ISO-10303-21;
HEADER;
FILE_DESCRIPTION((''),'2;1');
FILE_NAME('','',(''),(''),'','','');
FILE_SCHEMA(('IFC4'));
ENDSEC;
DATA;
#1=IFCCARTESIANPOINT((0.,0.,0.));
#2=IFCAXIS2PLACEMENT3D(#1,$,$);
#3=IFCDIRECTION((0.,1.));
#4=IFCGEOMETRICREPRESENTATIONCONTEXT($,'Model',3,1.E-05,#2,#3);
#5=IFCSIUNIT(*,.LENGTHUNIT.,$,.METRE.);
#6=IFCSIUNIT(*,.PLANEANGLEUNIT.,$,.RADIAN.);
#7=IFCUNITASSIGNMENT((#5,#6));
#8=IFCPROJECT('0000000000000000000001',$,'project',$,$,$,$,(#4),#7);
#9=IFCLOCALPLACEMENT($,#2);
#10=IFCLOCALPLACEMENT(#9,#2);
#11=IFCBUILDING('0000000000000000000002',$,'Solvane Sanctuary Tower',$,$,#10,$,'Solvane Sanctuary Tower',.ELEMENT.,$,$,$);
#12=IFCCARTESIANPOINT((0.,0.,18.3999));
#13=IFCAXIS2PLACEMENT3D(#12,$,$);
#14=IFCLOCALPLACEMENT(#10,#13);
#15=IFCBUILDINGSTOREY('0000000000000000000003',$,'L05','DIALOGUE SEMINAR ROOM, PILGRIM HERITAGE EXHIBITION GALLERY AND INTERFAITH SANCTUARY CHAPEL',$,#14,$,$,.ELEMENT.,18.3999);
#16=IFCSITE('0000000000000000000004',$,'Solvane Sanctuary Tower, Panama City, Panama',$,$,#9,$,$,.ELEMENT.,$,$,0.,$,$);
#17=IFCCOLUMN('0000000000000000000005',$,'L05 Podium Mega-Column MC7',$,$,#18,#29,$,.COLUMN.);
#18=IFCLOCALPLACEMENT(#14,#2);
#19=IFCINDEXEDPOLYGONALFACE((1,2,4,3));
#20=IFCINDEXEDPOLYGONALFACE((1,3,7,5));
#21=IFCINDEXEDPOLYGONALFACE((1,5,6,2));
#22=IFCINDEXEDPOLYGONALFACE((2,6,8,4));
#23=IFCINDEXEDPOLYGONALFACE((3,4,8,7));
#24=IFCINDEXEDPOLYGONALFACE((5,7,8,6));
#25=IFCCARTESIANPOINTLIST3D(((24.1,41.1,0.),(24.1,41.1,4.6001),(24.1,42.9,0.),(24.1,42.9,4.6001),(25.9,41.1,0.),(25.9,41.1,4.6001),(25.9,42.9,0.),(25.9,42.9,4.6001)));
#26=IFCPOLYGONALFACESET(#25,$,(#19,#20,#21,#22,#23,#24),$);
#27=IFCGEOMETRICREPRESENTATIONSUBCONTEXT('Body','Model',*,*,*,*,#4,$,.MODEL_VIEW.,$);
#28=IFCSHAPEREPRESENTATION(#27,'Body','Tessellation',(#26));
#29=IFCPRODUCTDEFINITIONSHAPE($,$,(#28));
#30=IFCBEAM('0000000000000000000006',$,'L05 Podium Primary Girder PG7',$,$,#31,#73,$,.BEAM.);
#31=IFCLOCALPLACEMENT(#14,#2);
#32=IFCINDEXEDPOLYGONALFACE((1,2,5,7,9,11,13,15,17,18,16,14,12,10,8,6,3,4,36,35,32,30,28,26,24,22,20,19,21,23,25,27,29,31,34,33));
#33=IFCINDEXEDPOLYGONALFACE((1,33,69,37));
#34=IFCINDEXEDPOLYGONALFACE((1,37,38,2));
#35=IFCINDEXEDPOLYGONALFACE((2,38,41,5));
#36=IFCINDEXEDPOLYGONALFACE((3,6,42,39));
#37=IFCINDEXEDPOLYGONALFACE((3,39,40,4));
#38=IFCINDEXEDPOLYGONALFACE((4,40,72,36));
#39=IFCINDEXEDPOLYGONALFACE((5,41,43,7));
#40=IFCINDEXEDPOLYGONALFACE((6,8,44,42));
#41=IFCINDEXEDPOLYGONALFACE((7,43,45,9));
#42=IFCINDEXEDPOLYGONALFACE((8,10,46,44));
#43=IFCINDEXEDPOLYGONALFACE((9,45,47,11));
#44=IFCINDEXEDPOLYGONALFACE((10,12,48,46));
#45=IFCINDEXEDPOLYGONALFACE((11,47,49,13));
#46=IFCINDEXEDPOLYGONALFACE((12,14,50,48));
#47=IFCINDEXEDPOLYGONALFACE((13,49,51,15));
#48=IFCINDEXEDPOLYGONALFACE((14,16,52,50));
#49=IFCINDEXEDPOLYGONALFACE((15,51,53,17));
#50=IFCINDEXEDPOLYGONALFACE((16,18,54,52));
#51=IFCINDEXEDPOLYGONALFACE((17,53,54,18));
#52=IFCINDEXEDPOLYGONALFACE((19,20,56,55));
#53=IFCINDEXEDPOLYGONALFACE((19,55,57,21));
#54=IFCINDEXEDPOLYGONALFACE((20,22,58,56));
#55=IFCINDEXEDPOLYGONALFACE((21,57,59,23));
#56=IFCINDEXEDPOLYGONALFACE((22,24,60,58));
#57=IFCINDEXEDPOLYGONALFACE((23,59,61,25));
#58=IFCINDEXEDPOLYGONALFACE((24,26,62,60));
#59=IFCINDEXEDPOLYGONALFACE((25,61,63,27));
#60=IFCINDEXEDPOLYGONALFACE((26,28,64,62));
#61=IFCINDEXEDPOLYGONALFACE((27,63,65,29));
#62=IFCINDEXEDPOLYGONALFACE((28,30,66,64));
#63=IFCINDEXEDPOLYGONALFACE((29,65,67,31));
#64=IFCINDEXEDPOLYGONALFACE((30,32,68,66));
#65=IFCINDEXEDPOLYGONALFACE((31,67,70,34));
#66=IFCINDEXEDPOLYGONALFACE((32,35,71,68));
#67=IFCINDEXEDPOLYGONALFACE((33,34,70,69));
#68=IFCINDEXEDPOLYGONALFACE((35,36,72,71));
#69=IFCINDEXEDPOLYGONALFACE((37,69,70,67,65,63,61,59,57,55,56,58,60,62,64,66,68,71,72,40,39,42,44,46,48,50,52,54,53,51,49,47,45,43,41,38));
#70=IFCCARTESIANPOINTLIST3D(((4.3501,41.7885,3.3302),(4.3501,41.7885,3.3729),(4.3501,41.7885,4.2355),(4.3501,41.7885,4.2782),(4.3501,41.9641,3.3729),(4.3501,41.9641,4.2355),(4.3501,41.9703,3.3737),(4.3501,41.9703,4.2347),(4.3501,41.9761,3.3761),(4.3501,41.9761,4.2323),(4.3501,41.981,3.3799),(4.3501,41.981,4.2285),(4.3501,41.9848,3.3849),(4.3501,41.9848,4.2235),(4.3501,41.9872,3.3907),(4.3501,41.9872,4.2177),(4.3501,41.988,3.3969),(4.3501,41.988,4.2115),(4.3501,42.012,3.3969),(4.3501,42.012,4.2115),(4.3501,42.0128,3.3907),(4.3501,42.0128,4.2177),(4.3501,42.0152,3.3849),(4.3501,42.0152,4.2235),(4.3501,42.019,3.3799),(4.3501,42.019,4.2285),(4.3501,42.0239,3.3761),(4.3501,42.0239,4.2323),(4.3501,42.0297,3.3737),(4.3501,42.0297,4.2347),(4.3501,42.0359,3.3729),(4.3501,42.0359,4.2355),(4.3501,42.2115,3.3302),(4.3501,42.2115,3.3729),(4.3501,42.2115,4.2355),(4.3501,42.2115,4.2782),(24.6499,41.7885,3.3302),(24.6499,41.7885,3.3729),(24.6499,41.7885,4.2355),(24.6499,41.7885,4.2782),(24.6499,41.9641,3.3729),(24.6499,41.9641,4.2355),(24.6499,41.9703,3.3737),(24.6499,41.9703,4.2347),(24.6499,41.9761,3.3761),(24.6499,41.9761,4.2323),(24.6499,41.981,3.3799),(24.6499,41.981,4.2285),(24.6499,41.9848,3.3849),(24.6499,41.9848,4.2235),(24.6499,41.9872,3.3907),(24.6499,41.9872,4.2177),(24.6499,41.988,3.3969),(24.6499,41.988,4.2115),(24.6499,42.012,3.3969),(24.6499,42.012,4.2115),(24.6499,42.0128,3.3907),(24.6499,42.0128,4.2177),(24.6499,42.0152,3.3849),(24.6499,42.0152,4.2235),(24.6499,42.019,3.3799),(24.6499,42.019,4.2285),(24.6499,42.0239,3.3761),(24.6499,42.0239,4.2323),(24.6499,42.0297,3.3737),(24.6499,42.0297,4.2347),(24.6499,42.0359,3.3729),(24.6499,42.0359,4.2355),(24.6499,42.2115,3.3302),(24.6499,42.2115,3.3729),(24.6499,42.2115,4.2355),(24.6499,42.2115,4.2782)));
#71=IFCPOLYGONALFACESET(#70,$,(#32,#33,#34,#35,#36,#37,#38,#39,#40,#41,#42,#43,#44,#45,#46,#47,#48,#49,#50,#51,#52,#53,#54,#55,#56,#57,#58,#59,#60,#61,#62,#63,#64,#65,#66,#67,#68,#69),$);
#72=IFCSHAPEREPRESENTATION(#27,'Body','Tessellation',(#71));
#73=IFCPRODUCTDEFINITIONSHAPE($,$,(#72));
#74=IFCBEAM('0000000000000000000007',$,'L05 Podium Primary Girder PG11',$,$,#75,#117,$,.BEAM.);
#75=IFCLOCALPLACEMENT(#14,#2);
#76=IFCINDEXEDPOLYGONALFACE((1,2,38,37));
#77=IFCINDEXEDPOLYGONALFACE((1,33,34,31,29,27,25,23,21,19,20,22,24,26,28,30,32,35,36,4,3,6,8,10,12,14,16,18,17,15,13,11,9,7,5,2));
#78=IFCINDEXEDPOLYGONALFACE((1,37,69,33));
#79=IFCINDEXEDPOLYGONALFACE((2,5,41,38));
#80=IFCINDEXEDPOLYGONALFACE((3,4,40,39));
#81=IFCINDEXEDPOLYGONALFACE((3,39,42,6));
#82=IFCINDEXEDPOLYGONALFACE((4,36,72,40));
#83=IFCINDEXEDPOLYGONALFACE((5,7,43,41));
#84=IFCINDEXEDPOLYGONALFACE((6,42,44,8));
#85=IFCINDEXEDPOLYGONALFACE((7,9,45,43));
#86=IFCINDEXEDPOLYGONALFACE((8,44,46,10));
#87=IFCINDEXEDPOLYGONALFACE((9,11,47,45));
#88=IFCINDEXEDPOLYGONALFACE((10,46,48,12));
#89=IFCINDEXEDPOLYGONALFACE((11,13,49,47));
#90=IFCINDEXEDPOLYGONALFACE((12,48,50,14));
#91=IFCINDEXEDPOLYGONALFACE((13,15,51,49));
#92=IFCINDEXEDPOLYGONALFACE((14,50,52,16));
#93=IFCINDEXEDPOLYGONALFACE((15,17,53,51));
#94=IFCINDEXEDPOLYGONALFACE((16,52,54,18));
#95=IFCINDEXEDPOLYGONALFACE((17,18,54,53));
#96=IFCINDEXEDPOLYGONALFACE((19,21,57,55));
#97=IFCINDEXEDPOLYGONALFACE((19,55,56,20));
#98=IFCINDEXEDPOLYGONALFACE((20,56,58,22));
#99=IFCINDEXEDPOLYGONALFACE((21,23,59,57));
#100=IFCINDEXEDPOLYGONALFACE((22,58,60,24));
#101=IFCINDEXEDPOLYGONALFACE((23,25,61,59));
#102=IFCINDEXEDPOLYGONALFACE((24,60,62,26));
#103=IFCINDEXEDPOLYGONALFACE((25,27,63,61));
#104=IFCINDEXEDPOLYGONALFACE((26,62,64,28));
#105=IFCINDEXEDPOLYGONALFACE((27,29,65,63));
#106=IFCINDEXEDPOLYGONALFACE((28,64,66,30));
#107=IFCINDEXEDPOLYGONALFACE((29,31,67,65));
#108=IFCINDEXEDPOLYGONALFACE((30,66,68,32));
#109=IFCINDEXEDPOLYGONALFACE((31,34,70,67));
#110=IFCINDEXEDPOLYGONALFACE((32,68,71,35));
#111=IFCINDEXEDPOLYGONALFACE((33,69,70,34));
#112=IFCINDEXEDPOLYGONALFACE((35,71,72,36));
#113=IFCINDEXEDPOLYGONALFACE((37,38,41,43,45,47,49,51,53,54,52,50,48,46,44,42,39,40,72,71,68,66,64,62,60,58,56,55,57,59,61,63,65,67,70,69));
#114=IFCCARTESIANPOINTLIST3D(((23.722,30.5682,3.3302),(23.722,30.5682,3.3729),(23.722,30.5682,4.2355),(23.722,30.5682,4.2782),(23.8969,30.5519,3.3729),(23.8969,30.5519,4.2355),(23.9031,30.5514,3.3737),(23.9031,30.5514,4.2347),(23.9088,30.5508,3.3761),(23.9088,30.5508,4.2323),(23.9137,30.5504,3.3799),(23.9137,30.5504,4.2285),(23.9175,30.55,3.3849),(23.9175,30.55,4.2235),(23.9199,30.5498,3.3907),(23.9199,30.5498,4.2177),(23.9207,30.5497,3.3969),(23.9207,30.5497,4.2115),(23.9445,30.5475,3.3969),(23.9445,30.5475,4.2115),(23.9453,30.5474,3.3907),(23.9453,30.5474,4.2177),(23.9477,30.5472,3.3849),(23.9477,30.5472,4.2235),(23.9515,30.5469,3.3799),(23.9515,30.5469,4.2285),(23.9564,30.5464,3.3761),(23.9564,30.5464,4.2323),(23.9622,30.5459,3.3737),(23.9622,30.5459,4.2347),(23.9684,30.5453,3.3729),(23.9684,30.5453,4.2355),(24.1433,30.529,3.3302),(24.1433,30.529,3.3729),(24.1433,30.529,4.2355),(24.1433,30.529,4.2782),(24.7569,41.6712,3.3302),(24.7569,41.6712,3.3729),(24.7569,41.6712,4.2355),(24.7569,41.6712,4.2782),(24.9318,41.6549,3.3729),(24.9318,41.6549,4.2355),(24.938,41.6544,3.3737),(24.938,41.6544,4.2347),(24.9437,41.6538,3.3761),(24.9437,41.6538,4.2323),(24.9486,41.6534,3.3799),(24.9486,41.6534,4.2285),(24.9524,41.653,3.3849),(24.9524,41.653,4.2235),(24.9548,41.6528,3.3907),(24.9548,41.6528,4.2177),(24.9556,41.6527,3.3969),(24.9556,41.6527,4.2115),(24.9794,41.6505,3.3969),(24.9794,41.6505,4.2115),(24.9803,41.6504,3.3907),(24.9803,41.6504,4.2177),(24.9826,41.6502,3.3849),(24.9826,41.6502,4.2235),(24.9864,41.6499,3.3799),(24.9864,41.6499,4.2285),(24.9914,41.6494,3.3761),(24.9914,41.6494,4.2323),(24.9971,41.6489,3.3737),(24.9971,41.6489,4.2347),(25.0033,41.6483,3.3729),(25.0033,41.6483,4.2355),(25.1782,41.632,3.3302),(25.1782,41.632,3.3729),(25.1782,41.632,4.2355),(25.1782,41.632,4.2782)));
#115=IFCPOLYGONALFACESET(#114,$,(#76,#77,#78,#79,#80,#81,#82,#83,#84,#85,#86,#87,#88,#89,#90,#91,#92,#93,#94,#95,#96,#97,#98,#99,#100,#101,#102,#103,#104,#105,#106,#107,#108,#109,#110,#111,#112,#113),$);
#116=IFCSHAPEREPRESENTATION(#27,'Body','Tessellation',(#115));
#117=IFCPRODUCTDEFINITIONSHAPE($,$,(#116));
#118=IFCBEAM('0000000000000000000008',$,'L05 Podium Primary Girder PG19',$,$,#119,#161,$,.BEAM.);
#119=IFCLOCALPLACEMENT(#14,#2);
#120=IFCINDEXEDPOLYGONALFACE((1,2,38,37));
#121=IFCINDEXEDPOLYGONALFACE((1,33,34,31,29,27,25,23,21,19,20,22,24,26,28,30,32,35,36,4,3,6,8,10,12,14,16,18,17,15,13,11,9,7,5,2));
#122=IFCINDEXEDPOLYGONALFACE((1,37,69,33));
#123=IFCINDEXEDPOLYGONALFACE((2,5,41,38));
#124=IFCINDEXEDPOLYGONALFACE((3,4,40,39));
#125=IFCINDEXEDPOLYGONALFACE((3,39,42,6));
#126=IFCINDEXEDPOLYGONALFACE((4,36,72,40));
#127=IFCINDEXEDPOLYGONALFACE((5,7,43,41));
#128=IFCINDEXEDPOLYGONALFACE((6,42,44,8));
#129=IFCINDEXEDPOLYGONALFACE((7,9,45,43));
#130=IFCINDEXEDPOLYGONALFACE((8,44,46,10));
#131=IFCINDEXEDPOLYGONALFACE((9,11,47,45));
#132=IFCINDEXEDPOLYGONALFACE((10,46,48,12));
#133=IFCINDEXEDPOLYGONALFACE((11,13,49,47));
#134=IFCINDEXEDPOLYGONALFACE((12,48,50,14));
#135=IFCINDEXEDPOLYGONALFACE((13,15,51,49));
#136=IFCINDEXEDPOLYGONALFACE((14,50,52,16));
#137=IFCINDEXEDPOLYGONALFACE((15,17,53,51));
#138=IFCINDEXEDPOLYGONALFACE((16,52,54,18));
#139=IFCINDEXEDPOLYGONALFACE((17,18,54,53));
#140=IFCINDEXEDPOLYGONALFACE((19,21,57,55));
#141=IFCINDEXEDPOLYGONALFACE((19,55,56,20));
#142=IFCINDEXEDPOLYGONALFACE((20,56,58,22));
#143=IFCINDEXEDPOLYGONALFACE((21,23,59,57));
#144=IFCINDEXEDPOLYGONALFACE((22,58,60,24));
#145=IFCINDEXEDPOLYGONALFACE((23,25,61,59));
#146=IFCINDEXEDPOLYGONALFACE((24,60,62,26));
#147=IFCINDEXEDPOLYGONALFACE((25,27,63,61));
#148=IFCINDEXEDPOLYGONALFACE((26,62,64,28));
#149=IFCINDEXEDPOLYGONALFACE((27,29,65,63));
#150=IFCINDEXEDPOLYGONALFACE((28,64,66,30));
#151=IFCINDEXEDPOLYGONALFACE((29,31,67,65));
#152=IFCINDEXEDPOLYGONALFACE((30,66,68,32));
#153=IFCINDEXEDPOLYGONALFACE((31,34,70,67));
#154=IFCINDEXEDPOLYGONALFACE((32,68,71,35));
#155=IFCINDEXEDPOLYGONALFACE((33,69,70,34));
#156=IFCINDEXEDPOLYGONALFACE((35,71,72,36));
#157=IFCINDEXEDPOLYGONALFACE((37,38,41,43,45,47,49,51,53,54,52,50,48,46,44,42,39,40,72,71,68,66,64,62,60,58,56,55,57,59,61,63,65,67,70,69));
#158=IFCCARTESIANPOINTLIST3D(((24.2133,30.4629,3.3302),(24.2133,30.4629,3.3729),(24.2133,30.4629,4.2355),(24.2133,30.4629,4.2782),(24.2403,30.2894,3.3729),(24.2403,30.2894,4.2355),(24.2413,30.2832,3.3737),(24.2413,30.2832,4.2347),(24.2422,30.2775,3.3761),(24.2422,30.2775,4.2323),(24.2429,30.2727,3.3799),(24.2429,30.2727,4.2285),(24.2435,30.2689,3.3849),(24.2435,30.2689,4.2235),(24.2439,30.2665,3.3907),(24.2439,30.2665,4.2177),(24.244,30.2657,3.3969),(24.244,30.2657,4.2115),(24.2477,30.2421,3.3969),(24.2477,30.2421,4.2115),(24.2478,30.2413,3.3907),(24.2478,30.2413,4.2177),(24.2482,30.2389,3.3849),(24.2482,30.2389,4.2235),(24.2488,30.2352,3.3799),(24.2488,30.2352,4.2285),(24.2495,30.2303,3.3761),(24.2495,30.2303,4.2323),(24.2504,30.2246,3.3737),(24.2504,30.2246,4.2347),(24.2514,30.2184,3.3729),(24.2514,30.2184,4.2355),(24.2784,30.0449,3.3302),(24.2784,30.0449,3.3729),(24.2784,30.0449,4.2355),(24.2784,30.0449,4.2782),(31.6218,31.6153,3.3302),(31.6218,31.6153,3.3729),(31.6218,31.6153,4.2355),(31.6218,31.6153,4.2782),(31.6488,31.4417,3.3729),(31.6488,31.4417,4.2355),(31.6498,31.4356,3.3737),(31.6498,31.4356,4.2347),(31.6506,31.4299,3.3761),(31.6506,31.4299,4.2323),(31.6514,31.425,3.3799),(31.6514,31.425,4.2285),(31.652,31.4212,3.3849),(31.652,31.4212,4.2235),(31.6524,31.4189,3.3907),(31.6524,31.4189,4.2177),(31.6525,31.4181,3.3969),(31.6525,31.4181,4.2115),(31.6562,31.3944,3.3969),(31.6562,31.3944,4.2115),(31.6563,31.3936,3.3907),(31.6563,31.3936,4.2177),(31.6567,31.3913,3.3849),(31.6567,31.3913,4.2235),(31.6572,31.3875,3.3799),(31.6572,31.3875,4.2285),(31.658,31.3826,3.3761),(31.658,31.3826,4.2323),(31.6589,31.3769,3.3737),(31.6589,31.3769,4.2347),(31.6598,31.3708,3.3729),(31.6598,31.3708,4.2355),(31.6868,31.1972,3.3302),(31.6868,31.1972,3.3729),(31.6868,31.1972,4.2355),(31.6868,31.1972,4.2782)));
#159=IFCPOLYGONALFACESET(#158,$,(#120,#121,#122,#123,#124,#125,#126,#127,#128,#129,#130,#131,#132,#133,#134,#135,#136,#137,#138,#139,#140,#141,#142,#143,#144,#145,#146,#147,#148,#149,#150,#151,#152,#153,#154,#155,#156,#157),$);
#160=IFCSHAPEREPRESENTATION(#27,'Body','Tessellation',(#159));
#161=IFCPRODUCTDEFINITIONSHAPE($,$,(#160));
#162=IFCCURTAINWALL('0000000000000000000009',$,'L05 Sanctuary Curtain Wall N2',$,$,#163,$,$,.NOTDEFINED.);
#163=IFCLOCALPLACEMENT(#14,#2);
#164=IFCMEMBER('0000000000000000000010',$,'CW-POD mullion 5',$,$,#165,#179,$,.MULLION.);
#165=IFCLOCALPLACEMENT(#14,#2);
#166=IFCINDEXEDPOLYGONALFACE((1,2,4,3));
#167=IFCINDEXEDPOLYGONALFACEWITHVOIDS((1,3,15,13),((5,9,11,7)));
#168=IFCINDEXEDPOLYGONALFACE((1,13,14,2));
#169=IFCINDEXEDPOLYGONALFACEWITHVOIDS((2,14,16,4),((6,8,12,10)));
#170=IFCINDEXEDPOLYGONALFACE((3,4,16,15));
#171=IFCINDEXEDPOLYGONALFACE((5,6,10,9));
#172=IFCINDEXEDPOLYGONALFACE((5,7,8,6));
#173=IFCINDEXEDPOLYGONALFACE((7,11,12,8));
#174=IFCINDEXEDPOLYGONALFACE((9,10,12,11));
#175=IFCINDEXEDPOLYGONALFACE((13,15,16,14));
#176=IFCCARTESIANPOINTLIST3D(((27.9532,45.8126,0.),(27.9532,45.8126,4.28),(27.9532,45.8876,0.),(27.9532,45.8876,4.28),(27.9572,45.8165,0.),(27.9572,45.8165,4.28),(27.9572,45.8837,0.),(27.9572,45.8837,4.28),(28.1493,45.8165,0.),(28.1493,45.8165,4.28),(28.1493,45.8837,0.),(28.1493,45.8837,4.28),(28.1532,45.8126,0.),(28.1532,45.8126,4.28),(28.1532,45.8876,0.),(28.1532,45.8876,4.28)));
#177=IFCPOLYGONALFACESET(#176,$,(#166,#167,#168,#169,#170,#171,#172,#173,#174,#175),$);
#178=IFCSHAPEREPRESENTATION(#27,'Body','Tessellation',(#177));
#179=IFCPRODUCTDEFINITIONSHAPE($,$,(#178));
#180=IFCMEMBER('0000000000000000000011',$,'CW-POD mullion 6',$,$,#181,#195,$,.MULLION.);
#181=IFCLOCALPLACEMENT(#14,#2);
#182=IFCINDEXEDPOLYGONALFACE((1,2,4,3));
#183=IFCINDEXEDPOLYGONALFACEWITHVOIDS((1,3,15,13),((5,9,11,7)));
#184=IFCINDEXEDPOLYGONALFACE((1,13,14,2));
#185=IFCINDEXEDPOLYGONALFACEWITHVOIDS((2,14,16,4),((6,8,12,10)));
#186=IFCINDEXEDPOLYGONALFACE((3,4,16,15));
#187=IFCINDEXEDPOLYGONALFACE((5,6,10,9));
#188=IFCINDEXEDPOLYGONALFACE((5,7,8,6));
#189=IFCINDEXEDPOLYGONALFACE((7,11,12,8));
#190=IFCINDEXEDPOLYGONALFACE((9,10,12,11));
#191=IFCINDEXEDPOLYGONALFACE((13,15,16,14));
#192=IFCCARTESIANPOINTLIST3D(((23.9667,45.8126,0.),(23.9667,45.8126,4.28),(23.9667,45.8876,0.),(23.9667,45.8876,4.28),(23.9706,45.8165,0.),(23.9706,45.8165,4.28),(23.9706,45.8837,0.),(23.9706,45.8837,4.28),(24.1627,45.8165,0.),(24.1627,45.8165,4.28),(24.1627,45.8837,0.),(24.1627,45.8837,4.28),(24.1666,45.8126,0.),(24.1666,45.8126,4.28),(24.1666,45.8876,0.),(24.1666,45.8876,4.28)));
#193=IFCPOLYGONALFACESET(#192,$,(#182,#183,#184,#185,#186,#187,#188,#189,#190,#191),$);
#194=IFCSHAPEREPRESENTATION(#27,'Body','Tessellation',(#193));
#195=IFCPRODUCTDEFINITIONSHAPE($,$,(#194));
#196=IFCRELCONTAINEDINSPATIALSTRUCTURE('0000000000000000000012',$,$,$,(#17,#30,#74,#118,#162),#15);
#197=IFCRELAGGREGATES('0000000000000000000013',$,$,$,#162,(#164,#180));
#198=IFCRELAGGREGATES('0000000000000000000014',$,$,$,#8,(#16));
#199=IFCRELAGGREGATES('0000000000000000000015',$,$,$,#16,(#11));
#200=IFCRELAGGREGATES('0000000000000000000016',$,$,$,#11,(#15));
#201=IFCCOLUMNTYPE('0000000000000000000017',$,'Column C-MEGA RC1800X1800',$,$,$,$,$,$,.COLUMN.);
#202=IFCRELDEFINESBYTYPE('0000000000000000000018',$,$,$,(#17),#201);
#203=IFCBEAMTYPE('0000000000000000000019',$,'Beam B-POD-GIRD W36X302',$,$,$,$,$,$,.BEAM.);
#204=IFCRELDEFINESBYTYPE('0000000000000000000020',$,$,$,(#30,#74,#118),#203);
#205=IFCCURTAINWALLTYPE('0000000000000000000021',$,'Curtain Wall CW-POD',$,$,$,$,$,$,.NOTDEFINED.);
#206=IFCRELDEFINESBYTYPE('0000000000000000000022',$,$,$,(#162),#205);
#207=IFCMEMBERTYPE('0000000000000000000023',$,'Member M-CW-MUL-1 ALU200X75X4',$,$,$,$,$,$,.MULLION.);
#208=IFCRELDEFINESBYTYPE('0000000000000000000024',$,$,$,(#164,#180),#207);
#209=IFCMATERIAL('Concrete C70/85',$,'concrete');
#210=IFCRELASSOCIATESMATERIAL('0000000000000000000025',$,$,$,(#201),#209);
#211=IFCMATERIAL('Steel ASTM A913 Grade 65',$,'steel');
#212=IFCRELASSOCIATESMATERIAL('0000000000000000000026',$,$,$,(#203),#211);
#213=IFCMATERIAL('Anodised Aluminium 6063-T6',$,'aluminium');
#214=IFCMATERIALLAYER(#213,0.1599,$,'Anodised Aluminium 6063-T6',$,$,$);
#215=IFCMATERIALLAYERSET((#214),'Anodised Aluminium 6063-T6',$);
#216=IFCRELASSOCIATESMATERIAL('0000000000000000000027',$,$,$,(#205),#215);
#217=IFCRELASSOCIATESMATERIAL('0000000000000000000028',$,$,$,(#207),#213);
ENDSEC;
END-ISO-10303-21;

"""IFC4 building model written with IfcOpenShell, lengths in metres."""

from ifc_helpers import new_model, si_unit, direction, frame, origin, origin_2d, place, context, subcontext, project, spatial, rectangle, hollow_rectangle, i_section, extrude, material, layer, layer_set, material_profile, profile_set, type_object, element, aggregate, save


model = new_model("IFC4")

# Units and contexts
model_context = context("Model", 3, precision=1e-05, world=origin(), true_north=direction((0.0, 1.0)))
body_context = subcontext(model_context, "Body", "Model", "MODEL_VIEW")
ifc_project = project(units=[si_unit("LENGTHUNIT", "METRE"), si_unit("PLANEANGLEUNIT", "RADIAN")], contexts=[model_context])

# Site, building, storey
site_placement = place(None, origin())
site = spatial("IfcSite", under=ifc_project, at=site_placement, Name="Solvane Sanctuary Tower, Panama City, Panama", CompositionType="ELEMENT", RefElevation=0.0)
building_placement = place(site_placement, origin())
building = spatial("IfcBuilding", under=site, at=building_placement, Name="Solvane Sanctuary Tower", LongName="Solvane Sanctuary Tower", CompositionType="ELEMENT")
storey_placement = place(building_placement, frame((0.0, 0.0, 18.3999)))
storey = spatial("IfcBuildingStorey", under=building, at=storey_placement, Name="L05", Description="DIALOGUE SEMINAR ROOM, PILGRIM HERITAGE EXHIBITION GALLERY AND INTERFAITH SANCTUARY CHAPEL", CompositionType="ELEMENT", Elevation=18.3999)

# Column
ifc_material_1 = material(Name="Concrete C70/85", Category="concrete")
ifc_material_profile_1 = material_profile(ifc_material_1, rectangle(XDim=1.8, YDim=1.8, at=origin_2d()), Name="RC1800X1800")
ifc_profile_set_1 = profile_set([ifc_material_profile_1], Name="Concrete C70/85")
column_type = type_object("IfcColumnType", Name="Column C-MEGA RC1800X1800", PredefinedType="COLUMN", material=ifc_profile_set_1)
column_placement = place(storey_placement, frame((25.0, 42.0, 0.0), z_axis=(0.0, 0.0, 1.0), x_axis=(1.0, 0.0, 0.0)))
element("IfcColumn", 1, at=column_placement, inside=storey, type_object=column_type, Name="L05 Podium Mega-Column MC7", PredefinedType="COLUMN", context=body_context, shape_type="SweptSolid", body=[
    extrude(rectangle(XDim=1.8, YDim=1.8, at=origin_2d()), origin(), (0.0, 0.0, 1.0), 4.6001),
])

# Beams
ifc_material_2 = material(Name="Steel ASTM A913 Grade 65", Category="steel")
ifc_material_profile_2 = material_profile(ifc_material_2, i_section(OverallWidth=0.4231, OverallDepth=0.948, WebThickness=0.0239, FlangeThickness=0.0427, FilletRadius=0.0239, at=origin_2d()), Name="W36X302")
ifc_profile_set_2 = profile_set([ifc_material_profile_2], Name="Steel ASTM A913 Grade 65")
beam_type = type_object("IfcBeamType", Name="Beam B-POD-GIRD W36X302", PredefinedType="BEAM", material=ifc_profile_set_2)
beam_1_placement = place(storey_placement, frame((24.6499, 42.0, 3.8042), z_axis=(-1.0, 0.0, 0.0), x_axis=(0.0, -1.0, 0.0)))
element("IfcBeam", 2, at=beam_1_placement, inside=storey, type_object=beam_type, Name="L05 Podium Primary Girder PG7", PredefinedType="BEAM", context=body_context, shape_type="SweptSolid", body=[
    extrude(i_section(OverallWidth=0.4231, OverallDepth=0.948, WebThickness=0.0239, FlangeThickness=0.0427, FilletRadius=0.0239, at=origin_2d()), origin(), (0.0, 0.0, 1.0), 20.2998),
])
beam_2_placement = place(storey_placement, frame((24.9675, 41.6516, 3.8042), z_axis=(-0.092808, -0.995684, 0.0), x_axis=(0.995684, -0.092808, 0.0)))
element("IfcBeam", 3, at=beam_2_placement, inside=storey, type_object=beam_type, Name="L05 Podium Primary Girder PG11", PredefinedType="BEAM", context=body_context, shape_type="SweptSolid", body=[
    extrude(i_section(OverallWidth=0.4231, OverallDepth=0.948, WebThickness=0.0239, FlangeThickness=0.0427, FilletRadius=0.0239, at=origin_2d()), origin(), (0.0, 0.0, 1.0), 11.1511),
])
beam_3_placement = place(storey_placement, frame((24.2458, 30.2539, 3.8042), z_axis=(0.988118, 0.153696, 0.0), x_axis=(-0.153696, 0.988118, 0.0)))
element("IfcBeam", 4, at=beam_3_placement, inside=storey, type_object=beam_type, Name="L05 Podium Primary Girder PG19", PredefinedType="BEAM", context=body_context, shape_type="SweptSolid", body=[
    extrude(i_section(OverallWidth=0.4231, OverallDepth=0.948, WebThickness=0.0239, FlangeThickness=0.0427, FilletRadius=0.0239, at=origin_2d()), origin(), (0.0, 0.0, 1.0), 7.4976),
])

# Curtain wall, members
ifc_material_3 = material(Name="Anodised Aluminium 6063-T6", Category="aluminium")
ifc_layer_1 = layer(ifc_material_3, 0.1599, Name="Anodised Aluminium 6063-T6")
ifc_layer_set_1 = layer_set([ifc_layer_1], Name="Anodised Aluminium 6063-T6")
curtain_wall_type = type_object("IfcCurtainWallType", Name="Curtain Wall CW-POD", PredefinedType="NOTDEFINED", material=ifc_layer_set_1)
curtain_wall_placement = place(storey_placement, origin())
curtain_wall = element("IfcCurtainWall", 5, at=curtain_wall_placement, inside=storey, type_object=curtain_wall_type, Name="L05 Sanctuary Curtain Wall N2", PredefinedType="NOTDEFINED")
ifc_material_profile_3 = material_profile(ifc_material_3, hollow_rectangle(XDim=0.075, YDim=0.2, WallThickness=0.0039, at=origin_2d()), Name="ALU200X75X4")
ifc_profile_set_3 = profile_set([ifc_material_profile_3], Name="Anodised Aluminium 6063-T6")
member_type_1 = type_object("IfcMemberType", Name="Member M-CW-MUL-1 ALU200X75X4", PredefinedType="MULLION", material=ifc_profile_set_3)
member_1_placement = place(storey_placement, frame((28.0532, 45.8501, 0.0), z_axis=(0.0, 0.0, 1.0), x_axis=(0.0, -1.0, 0.0)))
member_1 = element("IfcMember", 6, at=member_1_placement, type_object=member_type_1, Name="CW-POD mullion 5", PredefinedType="MULLION", context=body_context, shape_type="SweptSolid", body=[
    extrude(hollow_rectangle(XDim=0.075, YDim=0.2, WallThickness=0.0039, at=origin_2d()), origin(), (0.0, 0.0, 1.0), 4.28),
])
member_2_placement = place(storey_placement, frame((24.0667, 45.8501, 0.0), z_axis=(0.0, 0.0, 1.0), x_axis=(0.0, -1.0, 0.0)))
member_2 = element("IfcMember", 7, at=member_2_placement, type_object=member_type_1, Name="CW-POD mullion 6", PredefinedType="MULLION", context=body_context, shape_type="SweptSolid", body=[
    extrude(hollow_rectangle(XDim=0.075, YDim=0.2, WallThickness=0.0039, at=origin_2d()), origin(), (0.0, 0.0, 1.0), 4.28),
])
aggregate(curtain_wall, [member_1, member_2])

save(model, "model.ifc")
